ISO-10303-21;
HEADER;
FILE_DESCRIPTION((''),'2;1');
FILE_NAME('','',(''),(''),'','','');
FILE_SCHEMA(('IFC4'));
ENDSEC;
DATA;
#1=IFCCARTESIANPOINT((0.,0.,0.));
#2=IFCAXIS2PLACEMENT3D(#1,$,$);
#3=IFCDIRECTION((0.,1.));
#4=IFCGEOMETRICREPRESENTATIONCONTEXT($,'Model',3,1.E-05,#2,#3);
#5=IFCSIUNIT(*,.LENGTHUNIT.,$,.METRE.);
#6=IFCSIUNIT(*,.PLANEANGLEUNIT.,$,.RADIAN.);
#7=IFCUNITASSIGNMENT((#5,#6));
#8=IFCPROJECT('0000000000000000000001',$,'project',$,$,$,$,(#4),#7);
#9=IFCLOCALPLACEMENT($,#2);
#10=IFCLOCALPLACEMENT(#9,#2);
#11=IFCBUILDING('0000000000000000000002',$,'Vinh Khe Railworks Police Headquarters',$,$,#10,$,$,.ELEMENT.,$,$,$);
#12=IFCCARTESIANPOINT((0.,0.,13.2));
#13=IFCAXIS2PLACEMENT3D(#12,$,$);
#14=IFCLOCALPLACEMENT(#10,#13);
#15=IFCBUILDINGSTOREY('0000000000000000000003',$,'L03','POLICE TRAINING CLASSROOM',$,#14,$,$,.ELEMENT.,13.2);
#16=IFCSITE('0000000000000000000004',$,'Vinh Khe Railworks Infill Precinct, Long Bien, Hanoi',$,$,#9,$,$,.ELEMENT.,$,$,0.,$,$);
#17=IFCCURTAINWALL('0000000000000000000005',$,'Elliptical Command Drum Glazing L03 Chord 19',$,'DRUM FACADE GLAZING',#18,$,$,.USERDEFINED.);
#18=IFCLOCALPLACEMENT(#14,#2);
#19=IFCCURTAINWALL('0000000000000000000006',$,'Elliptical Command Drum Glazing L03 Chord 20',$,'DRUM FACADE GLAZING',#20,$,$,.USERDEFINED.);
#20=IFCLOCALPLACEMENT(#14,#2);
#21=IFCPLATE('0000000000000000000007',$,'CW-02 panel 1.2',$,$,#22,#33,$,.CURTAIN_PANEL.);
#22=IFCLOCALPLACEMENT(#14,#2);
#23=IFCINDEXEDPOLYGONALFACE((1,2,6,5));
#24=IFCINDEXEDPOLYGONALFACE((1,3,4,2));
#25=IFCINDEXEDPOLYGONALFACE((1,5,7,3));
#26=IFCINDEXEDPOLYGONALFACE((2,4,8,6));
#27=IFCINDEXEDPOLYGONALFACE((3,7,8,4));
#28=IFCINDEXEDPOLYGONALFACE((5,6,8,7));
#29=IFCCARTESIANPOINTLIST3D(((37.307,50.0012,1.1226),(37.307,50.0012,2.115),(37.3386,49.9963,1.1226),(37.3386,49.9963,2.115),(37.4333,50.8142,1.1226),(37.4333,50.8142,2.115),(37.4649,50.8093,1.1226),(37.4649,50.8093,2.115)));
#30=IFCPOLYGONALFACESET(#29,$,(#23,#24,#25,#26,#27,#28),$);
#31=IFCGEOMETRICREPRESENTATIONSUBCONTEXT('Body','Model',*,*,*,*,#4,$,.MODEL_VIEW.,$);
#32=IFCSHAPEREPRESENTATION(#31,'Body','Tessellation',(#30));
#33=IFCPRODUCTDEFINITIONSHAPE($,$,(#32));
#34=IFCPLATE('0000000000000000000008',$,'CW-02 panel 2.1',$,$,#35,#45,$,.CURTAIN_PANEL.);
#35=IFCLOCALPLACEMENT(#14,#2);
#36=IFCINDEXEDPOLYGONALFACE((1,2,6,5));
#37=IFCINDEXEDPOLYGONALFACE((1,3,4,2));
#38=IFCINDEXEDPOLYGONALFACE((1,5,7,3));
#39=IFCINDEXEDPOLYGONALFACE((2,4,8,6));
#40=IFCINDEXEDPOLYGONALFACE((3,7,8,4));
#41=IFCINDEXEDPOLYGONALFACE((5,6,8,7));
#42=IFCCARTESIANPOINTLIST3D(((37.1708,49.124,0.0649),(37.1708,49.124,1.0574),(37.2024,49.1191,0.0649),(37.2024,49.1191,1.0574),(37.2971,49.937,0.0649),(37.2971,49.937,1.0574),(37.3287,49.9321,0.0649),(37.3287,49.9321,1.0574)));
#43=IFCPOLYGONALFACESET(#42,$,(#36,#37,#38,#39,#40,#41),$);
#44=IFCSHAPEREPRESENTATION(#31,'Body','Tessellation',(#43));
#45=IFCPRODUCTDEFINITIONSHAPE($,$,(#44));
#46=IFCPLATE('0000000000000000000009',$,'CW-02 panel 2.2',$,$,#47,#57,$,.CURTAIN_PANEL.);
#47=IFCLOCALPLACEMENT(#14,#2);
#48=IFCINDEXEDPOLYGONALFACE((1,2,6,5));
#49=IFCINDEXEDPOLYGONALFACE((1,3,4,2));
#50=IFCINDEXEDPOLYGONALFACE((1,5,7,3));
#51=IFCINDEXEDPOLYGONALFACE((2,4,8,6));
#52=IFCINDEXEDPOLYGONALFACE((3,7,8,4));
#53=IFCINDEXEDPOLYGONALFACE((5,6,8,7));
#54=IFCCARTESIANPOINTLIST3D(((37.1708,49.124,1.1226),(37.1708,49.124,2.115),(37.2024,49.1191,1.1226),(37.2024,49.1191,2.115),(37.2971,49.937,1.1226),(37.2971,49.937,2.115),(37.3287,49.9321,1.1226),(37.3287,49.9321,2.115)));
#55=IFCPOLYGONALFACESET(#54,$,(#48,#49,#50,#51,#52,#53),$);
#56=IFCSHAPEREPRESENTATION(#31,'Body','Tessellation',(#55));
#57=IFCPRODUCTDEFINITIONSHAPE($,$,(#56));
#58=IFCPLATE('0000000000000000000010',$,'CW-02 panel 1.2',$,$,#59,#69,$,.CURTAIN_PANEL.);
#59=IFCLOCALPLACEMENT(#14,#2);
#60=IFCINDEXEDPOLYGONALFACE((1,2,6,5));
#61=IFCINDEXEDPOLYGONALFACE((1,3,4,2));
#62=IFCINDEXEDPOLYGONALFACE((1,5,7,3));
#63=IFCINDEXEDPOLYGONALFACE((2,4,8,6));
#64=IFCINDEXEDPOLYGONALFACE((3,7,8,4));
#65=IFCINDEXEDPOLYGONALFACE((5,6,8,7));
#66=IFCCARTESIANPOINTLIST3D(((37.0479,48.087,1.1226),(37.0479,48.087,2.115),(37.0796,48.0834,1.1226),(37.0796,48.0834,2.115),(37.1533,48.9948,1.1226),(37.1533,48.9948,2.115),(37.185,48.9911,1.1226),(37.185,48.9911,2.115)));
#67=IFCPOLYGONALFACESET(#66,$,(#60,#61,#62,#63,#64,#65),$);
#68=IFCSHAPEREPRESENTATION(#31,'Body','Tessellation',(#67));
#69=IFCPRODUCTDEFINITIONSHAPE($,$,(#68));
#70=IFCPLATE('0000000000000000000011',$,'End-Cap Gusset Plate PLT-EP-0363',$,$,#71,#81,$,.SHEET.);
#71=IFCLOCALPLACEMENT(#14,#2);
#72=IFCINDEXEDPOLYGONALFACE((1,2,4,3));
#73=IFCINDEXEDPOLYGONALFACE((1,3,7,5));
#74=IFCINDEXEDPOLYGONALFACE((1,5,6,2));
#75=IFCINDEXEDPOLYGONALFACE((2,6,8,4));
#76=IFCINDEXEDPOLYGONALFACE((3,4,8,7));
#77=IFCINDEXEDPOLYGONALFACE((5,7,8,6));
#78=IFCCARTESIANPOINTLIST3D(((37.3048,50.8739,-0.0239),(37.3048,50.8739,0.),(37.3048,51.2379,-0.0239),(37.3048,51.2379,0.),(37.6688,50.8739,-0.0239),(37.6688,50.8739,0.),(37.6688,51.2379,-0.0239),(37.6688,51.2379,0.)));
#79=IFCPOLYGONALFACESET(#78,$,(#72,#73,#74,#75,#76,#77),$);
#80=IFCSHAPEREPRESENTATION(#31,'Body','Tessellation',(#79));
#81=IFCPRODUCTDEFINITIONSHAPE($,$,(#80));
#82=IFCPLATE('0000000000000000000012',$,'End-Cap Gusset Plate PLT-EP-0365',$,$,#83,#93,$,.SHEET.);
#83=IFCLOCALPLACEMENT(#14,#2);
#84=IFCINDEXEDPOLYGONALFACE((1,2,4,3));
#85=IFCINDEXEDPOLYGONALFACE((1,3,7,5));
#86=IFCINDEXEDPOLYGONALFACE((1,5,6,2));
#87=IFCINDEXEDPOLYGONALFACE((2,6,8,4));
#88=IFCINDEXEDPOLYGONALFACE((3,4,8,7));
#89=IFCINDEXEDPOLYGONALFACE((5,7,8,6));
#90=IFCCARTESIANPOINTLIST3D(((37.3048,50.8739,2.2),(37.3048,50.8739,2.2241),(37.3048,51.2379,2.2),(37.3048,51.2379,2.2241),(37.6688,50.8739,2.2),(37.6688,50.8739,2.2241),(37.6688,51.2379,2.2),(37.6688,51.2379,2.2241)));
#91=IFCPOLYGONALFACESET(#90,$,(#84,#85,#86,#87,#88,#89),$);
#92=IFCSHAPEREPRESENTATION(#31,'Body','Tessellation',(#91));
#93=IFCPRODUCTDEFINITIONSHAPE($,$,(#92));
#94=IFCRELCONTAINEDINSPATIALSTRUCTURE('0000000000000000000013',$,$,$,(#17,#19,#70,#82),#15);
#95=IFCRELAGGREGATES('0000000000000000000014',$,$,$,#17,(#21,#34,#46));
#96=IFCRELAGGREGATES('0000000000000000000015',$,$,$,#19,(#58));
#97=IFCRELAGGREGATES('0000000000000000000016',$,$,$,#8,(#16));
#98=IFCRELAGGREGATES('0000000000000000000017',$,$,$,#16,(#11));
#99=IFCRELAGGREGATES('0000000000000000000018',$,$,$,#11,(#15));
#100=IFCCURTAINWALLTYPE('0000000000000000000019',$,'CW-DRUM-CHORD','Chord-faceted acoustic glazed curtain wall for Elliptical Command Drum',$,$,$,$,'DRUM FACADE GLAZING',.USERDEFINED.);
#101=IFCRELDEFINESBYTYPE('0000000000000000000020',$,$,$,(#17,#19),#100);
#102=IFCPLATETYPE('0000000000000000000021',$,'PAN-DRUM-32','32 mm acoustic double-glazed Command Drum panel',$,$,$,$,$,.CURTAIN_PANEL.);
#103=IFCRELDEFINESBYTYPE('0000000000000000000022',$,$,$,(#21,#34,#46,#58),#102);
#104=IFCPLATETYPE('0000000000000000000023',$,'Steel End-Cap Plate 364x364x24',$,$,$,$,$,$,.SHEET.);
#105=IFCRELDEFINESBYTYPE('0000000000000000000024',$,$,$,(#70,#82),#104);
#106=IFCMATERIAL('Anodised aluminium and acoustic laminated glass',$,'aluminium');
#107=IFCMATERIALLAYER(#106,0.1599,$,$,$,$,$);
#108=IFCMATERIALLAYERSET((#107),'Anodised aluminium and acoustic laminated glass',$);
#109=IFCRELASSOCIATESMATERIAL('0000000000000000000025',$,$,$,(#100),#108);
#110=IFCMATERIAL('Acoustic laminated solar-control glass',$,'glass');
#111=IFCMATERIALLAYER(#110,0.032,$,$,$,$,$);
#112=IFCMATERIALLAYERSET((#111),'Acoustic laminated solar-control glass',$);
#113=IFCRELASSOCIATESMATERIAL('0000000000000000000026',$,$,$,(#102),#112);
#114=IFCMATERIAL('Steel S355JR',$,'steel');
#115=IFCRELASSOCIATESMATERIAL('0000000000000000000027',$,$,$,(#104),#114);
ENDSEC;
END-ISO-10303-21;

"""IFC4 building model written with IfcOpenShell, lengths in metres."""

from ifc_helpers import new_model, si_unit, direction, frame, origin, origin_2d, place, context, subcontext, project, spatial, rectangle, extrude, material, layer, layer_set, material_profile, profile_set, type_object, element, aggregate, save


model = new_model("IFC4")

# Units and contexts
model_context = context("Model", 3, precision=1e-05, world=origin(), true_north=direction((0.0, 1.0)))
body_context = subcontext(model_context, "Body", "Model", "MODEL_VIEW")
ifc_project = project(units=[si_unit("LENGTHUNIT", "METRE"), si_unit("PLANEANGLEUNIT", "RADIAN")], contexts=[model_context])

# Site, building, storey
site_placement = place(None, origin())
site = spatial("IfcSite", under=ifc_project, at=site_placement, Name="Vinh Khe Railworks Infill Precinct, Long Bien, Hanoi", CompositionType="ELEMENT", RefElevation=0.0)
building_placement = place(site_placement, origin())
building = spatial("IfcBuilding", under=site, at=building_placement, Name="Vinh Khe Railworks Police Headquarters", CompositionType="ELEMENT")
storey_placement = place(building_placement, frame((0.0, 0.0, 13.2)))
storey = spatial("IfcBuildingStorey", under=building, at=storey_placement, Name="L03", Description="POLICE TRAINING CLASSROOM", CompositionType="ELEMENT", Elevation=13.2)

# Shared definitions
ifc_material_1 = material(Name="Steel S355JR", Category="steel")

# Shared definitions
ifc_material_2 = material(Name="Anodised aluminium and acoustic laminated glass", Category="aluminium")
ifc_layer_1 = layer(ifc_material_2, 0.1599)
ifc_layer_set_1 = layer_set([ifc_layer_1], Name="Anodised aluminium and acoustic laminated glass")
curtain_wall_type = type_object("IfcCurtainWallType", Name="CW-DRUM-CHORD", Description="Chord-faceted acoustic glazed curtain wall for Elliptical Command Drum", ElementType="DRUM FACADE GLAZING", PredefinedType="USERDEFINED", material=ifc_layer_set_1)

# Curtain wall
curtain_wall_1_placement = place(storey_placement, origin())
curtain_wall_1 = element("IfcCurtainWall", 1, at=curtain_wall_1_placement, inside=storey, type_object=curtain_wall_type, Name="Elliptical Command Drum Glazing L03 Chord 19", ObjectType="DRUM FACADE GLAZING", PredefinedType="USERDEFINED")

# Curtain wall
curtain_wall_2_placement = place(storey_placement, origin())
curtain_wall_2 = element("IfcCurtainWall", 2, at=curtain_wall_2_placement, inside=storey, type_object=curtain_wall_type, Name="Elliptical Command Drum Glazing L03 Chord 20", ObjectType="DRUM FACADE GLAZING", PredefinedType="USERDEFINED")

# Plates
ifc_material_3 = material(Name="Acoustic laminated solar-control glass", Category="glass")
ifc_layer_2 = layer(ifc_material_3, 0.032)
ifc_layer_set_2 = layer_set([ifc_layer_2], Name="Acoustic laminated solar-control glass")
plate_type_1 = type_object("IfcPlateType", Name="PAN-DRUM-32", Description="32 mm acoustic double-glazed Command Drum panel", PredefinedType="CURTAIN_PANEL", material=ifc_layer_set_2)
plate_1_placement = place(storey_placement, frame((37.386, 50.4053, 1.1226), z_axis=(0.0, 0.0, 1.0), x_axis=(-0.153489, -0.98815, 0.0)))
plate_1 = element("IfcPlate", 3, at=plate_1_placement, type_object=plate_type_1, Name="CW-02 panel 1.2", PredefinedType="CURTAIN_PANEL", context=body_context, shape_type="SweptSolid", body=[
    extrude(rectangle(XDim=0.8228, YDim=0.032, at=origin_2d()), origin(), (0.0, 0.0, 1.0), 0.9924),
])
plate_2_placement = place(storey_placement, frame((37.2498, 49.5281, 0.0649), z_axis=(0.0, 0.0, 1.0), x_axis=(-0.153489, -0.98815, 0.0)))
plate_2 = element("IfcPlate", 4, at=plate_2_placement, type_object=plate_type_1, Name="CW-02 panel 2.1", PredefinedType="CURTAIN_PANEL", context=body_context, shape_type="SweptSolid", body=[
    extrude(rectangle(XDim=0.8228, YDim=0.032, at=origin_2d()), origin(), (0.0, 0.0, 1.0), 0.9924),
])
plate_3_placement = place(storey_placement, frame((37.2498, 49.5281, 1.1226), z_axis=(0.0, 0.0, 1.0), x_axis=(-0.153489, -0.98815, 0.0)))
plate_3 = element("IfcPlate", 5, at=plate_3_placement, type_object=plate_type_1, Name="CW-02 panel 2.2", PredefinedType="CURTAIN_PANEL", context=body_context, shape_type="SweptSolid", body=[
    extrude(rectangle(XDim=0.8228, YDim=0.032, at=origin_2d()), origin(), (0.0, 0.0, 1.0), 0.9924),
])
aggregate(curtain_wall_1, [plate_1, plate_2, plate_3])
plate_4_placement = place(storey_placement, frame((37.1165, 48.5391, 1.1226), z_axis=(0.0, 0.0, 1.0), x_axis=(-0.115318, -0.993329, 0.0)))
plate_4 = element("IfcPlate", 6, at=plate_4_placement, type_object=plate_type_1, Name="CW-02 panel 1.2", PredefinedType="CURTAIN_PANEL", context=body_context, shape_type="SweptSolid", body=[
    extrude(rectangle(XDim=0.9138, YDim=0.032, at=origin_2d()), origin(), (0.0, 0.0, 1.0), 0.9924),
])
aggregate(curtain_wall_2, [plate_4])

# Plates
ifc_material_profile_1 = material_profile(ifc_material_1, rectangle(XDim=0.364, YDim=0.364, at=origin_2d()), Name="PL 364x364")
ifc_profile_set_1 = profile_set([ifc_material_profile_1], Name="Steel S355JR")
plate_type_2 = type_object("IfcPlateType", Name="Steel End-Cap Plate 364x364x24", PredefinedType="SHEET", material=ifc_profile_set_1)
plate_5_placement = place(storey_placement, frame((37.4868, 51.0559, 0.0), z_axis=(0.0, 0.0, -1.0), x_axis=(1.0, 0.0, 0.0)))
element("IfcPlate", 7, at=plate_5_placement, inside=storey, type_object=plate_type_2, Name="End-Cap Gusset Plate PLT-EP-0363", PredefinedType="SHEET", context=body_context, shape_type="SweptSolid", body=[
    extrude(rectangle(XDim=0.364, YDim=0.364, at=origin_2d()), origin(), (0.0, 0.0, 1.0), 0.0239),
])
plate_6_placement = place(storey_placement, frame((37.4868, 51.0559, 2.2), z_axis=(0.0, 0.0, 1.0), x_axis=(1.0, 0.0, 0.0)))
element("IfcPlate", 8, at=plate_6_placement, inside=storey, type_object=plate_type_2, Name="End-Cap Gusset Plate PLT-EP-0365", PredefinedType="SHEET", context=body_context, shape_type="SweptSolid", body=[
    extrude(rectangle(XDim=0.364, YDim=0.364, at=origin_2d()), origin(), (0.0, 0.0, 1.0), 0.0242),
])

save(model, "model.ifc")
